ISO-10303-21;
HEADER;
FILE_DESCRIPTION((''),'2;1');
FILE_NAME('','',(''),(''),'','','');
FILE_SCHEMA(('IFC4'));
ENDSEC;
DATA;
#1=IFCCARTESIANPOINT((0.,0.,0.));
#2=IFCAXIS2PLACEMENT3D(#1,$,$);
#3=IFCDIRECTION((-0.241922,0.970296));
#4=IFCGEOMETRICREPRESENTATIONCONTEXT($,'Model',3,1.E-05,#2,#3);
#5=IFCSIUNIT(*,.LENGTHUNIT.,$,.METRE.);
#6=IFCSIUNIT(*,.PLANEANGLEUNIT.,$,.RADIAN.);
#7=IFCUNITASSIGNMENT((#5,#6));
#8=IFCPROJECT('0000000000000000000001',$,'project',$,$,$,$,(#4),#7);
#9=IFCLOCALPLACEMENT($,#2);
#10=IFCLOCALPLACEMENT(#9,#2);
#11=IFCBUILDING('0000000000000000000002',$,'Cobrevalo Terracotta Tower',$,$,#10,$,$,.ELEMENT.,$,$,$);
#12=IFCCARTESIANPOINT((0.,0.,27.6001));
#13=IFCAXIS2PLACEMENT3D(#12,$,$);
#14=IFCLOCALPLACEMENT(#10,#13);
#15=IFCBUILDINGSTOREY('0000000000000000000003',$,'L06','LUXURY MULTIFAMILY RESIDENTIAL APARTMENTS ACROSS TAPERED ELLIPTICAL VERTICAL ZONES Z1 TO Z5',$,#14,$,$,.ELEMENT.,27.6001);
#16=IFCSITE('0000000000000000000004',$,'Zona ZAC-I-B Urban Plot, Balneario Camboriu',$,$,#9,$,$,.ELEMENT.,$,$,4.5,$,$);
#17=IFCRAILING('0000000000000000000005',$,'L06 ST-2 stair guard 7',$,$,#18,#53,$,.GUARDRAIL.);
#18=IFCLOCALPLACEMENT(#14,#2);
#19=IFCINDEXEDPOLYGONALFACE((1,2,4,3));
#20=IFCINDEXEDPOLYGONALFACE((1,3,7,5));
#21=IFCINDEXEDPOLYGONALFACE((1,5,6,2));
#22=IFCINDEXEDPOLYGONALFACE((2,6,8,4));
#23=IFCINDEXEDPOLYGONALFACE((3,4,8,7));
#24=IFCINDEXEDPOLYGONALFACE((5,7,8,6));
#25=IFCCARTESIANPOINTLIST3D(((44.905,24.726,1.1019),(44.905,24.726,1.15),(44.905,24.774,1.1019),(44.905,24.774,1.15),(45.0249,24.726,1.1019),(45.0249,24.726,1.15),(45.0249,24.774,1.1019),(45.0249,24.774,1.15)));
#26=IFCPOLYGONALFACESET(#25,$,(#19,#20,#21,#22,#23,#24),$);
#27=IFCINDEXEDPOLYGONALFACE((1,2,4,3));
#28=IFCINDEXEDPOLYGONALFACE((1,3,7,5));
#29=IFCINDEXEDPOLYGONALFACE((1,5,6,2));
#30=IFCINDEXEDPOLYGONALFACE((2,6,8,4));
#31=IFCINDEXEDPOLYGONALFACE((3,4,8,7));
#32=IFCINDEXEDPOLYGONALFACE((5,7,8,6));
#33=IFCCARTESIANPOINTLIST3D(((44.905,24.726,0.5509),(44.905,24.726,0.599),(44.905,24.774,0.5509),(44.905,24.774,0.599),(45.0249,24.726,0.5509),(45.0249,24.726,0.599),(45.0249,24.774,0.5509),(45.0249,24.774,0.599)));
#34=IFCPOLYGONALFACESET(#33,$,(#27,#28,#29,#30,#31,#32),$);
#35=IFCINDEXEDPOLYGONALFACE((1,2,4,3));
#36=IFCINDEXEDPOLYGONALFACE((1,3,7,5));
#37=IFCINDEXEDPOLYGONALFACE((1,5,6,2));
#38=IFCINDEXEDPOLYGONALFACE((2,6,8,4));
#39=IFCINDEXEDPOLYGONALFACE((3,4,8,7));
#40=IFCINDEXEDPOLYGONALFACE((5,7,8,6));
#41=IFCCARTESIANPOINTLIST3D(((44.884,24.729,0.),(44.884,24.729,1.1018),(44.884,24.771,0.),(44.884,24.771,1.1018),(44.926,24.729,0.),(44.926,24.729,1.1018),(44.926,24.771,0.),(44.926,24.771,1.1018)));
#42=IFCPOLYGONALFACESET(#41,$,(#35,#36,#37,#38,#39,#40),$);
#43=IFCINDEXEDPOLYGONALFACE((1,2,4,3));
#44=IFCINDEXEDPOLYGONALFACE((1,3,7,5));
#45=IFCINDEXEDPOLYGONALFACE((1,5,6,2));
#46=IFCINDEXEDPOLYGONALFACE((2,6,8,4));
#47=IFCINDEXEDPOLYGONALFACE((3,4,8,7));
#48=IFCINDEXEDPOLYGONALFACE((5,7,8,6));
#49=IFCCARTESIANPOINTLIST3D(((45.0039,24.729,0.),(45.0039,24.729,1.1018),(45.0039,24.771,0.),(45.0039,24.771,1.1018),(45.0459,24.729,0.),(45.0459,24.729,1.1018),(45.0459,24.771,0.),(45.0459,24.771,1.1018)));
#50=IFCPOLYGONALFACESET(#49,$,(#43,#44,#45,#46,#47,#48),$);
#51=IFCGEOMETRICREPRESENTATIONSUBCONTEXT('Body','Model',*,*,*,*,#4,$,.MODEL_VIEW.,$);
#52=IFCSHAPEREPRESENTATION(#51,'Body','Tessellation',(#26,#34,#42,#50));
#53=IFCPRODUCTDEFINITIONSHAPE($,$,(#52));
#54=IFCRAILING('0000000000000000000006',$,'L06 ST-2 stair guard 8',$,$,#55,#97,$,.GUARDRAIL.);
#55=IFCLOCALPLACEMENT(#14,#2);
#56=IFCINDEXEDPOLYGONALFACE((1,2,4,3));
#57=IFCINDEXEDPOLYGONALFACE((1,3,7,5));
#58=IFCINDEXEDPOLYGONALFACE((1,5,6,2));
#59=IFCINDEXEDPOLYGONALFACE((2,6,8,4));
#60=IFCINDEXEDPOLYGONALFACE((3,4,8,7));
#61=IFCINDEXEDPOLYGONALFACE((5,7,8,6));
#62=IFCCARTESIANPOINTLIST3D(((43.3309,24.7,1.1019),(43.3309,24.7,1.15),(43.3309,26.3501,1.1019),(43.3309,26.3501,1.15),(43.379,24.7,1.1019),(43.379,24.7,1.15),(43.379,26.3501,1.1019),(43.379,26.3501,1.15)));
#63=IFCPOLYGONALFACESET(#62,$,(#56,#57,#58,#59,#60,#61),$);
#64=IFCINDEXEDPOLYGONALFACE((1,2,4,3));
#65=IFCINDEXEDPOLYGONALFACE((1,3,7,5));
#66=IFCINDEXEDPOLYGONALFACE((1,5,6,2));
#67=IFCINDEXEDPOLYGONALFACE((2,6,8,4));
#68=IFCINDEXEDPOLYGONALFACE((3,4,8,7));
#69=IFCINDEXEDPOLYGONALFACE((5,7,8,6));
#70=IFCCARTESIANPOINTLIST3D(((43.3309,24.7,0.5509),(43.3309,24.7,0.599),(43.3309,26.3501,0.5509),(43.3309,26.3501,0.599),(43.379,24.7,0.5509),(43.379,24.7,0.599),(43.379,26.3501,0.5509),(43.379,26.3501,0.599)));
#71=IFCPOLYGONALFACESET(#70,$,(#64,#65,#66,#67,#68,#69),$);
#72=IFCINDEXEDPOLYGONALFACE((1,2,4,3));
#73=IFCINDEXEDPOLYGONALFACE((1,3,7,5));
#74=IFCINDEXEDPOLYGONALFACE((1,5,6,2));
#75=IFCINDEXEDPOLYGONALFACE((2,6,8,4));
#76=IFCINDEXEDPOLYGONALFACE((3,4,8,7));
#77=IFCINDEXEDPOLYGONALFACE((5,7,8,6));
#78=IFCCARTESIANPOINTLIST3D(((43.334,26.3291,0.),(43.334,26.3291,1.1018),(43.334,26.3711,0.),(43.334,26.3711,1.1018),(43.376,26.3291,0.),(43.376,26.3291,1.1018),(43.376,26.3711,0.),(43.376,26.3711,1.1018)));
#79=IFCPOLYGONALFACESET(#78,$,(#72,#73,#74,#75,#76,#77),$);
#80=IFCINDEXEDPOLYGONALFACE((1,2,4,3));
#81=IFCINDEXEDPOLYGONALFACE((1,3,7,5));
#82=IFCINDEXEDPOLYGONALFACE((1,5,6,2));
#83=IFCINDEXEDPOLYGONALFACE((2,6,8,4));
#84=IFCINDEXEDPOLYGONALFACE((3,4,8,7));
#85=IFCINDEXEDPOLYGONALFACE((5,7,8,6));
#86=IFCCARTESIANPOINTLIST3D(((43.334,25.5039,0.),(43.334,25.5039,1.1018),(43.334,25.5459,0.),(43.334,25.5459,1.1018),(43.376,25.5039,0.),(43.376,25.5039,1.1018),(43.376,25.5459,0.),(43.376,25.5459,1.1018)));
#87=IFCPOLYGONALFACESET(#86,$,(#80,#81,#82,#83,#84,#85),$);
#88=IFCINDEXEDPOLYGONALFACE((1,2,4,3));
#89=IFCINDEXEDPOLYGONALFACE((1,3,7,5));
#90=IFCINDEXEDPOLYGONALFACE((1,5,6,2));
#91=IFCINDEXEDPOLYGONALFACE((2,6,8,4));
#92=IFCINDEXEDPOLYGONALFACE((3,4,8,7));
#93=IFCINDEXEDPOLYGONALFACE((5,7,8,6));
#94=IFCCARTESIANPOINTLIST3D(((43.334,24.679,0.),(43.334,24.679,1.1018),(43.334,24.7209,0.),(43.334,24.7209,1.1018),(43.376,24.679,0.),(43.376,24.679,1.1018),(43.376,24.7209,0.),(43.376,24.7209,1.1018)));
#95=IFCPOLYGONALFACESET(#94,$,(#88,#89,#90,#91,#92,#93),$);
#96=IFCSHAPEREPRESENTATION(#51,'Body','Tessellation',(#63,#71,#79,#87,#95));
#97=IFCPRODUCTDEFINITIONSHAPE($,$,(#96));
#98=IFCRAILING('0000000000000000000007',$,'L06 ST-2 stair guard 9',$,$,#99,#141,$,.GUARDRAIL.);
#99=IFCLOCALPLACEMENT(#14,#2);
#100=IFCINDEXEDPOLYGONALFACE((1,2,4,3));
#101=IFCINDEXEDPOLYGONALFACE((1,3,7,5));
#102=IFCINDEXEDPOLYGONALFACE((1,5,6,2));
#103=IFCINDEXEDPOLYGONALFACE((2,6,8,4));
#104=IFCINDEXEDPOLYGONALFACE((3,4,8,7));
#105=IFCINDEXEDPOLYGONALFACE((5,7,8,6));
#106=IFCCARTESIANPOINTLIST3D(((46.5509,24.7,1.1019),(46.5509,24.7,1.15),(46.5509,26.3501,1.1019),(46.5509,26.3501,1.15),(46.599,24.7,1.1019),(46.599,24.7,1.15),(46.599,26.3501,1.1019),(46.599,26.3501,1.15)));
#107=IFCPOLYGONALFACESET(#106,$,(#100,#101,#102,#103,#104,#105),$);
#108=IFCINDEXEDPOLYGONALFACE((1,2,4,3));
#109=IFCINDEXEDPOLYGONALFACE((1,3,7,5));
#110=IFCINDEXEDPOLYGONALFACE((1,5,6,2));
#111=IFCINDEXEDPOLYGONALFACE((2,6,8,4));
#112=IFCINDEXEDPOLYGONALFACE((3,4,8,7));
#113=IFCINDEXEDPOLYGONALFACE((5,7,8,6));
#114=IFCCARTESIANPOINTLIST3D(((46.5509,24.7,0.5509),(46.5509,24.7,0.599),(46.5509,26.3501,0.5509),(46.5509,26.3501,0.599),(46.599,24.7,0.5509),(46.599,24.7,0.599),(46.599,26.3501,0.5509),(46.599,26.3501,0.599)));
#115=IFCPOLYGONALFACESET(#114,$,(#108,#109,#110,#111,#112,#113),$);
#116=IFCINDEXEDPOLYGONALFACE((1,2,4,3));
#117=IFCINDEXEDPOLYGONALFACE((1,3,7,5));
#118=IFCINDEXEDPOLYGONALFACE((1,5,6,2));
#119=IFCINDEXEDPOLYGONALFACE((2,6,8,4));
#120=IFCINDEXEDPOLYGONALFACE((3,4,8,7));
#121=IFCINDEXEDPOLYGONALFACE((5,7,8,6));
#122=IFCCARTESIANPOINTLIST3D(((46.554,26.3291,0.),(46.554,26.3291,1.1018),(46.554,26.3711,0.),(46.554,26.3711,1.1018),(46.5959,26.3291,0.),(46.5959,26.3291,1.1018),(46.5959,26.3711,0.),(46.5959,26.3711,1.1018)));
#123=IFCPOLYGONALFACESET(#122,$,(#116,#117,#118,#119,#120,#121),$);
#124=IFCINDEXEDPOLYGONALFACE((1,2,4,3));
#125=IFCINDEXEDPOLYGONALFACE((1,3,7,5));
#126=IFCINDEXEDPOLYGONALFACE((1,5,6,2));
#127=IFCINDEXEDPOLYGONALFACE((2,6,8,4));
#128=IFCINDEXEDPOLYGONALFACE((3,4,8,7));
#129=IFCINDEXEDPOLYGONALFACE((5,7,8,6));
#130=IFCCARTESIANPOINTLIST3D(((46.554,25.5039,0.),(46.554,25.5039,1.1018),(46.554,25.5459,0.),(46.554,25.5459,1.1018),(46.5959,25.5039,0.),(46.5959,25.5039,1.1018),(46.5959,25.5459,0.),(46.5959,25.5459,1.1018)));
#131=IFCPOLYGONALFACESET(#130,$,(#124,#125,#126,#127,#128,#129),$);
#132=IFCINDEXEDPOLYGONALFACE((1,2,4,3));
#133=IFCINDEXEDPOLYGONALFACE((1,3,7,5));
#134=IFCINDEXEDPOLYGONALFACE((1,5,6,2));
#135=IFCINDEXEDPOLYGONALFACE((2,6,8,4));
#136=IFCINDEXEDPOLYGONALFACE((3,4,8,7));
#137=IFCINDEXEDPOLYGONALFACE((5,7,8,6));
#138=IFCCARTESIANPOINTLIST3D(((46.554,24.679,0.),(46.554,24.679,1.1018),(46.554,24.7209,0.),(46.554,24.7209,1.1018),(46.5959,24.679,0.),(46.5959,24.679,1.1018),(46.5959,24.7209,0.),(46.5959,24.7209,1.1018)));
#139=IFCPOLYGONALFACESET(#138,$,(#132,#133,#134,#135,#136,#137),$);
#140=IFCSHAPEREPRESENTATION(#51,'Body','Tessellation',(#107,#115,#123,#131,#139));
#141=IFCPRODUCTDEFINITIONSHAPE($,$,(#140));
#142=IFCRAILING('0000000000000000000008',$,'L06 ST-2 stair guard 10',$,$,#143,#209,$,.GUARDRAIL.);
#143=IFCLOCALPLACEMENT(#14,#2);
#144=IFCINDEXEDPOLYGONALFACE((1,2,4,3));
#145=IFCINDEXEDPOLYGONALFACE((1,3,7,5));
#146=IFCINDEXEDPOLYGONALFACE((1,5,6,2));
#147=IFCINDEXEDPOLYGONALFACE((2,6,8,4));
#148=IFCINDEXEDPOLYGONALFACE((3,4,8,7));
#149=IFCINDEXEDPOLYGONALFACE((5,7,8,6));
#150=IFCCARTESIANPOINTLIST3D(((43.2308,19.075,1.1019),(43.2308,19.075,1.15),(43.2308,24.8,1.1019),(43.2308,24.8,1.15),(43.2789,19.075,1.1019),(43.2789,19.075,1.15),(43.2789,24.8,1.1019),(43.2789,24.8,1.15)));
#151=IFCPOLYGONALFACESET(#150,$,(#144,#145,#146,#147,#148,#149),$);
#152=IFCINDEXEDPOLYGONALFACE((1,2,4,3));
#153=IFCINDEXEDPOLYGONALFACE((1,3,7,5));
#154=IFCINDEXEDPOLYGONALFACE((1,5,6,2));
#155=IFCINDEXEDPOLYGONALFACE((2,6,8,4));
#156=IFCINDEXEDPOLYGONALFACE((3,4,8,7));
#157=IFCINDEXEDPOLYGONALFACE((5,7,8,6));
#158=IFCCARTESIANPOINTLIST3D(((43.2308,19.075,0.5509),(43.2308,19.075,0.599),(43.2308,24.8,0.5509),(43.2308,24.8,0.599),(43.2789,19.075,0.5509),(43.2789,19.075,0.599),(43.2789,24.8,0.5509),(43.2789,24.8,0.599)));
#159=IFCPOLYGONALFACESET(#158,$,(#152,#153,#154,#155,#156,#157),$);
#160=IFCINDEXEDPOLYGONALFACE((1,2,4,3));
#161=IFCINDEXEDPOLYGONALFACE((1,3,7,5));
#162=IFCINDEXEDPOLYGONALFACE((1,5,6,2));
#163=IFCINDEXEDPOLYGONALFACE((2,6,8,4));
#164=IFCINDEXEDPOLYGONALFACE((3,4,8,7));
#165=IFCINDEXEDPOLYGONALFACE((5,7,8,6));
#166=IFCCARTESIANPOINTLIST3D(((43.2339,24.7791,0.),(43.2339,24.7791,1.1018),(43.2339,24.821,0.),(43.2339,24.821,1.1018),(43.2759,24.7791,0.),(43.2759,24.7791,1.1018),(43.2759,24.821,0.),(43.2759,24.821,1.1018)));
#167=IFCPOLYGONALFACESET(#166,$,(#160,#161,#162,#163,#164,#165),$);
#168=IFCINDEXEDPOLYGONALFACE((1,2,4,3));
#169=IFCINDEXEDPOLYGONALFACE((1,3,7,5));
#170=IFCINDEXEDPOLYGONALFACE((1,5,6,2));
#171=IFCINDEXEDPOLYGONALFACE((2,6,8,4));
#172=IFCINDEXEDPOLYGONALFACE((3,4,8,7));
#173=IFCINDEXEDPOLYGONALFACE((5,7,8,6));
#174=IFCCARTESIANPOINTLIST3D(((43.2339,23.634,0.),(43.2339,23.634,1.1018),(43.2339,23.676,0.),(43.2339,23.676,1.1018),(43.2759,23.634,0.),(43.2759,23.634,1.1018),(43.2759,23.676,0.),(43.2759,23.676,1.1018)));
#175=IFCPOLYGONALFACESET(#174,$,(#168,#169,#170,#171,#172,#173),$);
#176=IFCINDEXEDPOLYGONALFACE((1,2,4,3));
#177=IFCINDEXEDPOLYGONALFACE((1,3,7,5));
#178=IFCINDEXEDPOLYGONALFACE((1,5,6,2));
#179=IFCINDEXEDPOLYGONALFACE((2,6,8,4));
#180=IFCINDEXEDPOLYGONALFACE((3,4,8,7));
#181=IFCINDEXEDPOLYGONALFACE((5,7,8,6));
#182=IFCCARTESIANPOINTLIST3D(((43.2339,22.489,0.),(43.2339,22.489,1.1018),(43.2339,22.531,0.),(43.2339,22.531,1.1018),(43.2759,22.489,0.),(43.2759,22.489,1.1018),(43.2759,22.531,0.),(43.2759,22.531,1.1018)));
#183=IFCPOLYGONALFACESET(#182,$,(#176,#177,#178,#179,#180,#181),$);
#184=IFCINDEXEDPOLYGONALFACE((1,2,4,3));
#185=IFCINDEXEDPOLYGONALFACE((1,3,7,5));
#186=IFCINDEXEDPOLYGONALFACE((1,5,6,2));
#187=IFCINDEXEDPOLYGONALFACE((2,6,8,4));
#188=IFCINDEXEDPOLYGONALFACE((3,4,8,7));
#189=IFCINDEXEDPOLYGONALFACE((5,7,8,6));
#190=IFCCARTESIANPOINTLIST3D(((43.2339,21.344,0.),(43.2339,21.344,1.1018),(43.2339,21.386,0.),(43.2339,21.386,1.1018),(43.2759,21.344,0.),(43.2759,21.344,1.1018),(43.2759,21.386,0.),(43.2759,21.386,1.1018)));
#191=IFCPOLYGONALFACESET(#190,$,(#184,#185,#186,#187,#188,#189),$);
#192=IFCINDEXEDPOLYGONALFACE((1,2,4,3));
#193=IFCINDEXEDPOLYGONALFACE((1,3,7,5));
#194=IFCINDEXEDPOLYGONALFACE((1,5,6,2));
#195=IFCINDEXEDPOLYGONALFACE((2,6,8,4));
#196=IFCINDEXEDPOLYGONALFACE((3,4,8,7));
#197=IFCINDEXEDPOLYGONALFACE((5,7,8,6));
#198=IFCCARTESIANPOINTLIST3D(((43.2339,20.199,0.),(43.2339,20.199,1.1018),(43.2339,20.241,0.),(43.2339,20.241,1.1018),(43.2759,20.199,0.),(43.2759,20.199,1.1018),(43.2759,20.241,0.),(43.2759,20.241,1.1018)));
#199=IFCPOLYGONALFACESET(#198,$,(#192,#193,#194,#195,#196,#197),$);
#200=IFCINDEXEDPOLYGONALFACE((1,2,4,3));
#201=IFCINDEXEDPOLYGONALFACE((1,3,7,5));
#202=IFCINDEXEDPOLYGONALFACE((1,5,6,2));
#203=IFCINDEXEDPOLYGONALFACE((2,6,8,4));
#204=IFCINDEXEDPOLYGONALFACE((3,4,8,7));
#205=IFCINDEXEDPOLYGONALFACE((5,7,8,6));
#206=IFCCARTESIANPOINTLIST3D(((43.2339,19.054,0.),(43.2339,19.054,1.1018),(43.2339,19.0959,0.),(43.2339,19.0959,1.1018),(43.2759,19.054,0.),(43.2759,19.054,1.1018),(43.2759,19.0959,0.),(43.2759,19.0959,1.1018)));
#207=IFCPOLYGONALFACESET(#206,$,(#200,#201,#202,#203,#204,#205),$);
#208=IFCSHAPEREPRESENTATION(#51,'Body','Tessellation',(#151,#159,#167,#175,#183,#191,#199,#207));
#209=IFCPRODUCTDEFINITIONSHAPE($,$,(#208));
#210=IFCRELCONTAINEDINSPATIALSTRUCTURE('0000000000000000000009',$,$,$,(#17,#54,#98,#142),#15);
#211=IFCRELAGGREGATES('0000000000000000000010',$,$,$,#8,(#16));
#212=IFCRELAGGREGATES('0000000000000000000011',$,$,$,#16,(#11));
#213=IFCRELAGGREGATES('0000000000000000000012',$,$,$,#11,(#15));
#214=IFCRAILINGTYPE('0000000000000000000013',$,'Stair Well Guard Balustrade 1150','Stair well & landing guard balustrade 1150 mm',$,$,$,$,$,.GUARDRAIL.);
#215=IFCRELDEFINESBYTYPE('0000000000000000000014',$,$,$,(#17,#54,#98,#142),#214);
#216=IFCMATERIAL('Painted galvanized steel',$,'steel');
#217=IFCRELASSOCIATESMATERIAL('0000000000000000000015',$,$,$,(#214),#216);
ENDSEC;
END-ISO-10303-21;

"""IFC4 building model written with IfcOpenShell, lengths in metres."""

from ifc_helpers import new_model, si_unit, direction, frame, origin, origin_2d, place, context, subcontext, project, spatial, rectangle, extrude, material, type_object, element, save


model = new_model("IFC4")

# Units and contexts
model_context = context("Model", 3, precision=1e-05, world=origin(), true_north=direction((-0.241922, 0.970296)))
body_context = subcontext(model_context, "Body", "Model", "MODEL_VIEW")
ifc_project = project(units=[si_unit("LENGTHUNIT", "METRE"), si_unit("PLANEANGLEUNIT", "RADIAN")], contexts=[model_context])

# Site, building, storey
site_placement = place(None, origin())
site = spatial("IfcSite", under=ifc_project, at=site_placement, Name="Zona ZAC-I-B Urban Plot, Balneario Camboriu", CompositionType="ELEMENT", RefElevation=4.5)
building_placement = place(site_placement, origin())
building = spatial("IfcBuilding", under=site, at=building_placement, Name="Cobrevalo Terracotta Tower", CompositionType="ELEMENT")
storey_placement = place(building_placement, frame((0.0, 0.0, 27.6001)))
storey = spatial("IfcBuildingStorey", under=building, at=storey_placement, Name="L06", Description="LUXURY MULTIFAMILY RESIDENTIAL APARTMENTS ACROSS TAPERED ELLIPTICAL VERTICAL ZONES Z1 TO Z5", CompositionType="ELEMENT", Elevation=27.6001)

# Railings
ifc_material_1 = material(Name="Painted galvanized steel", Category="steel")
railing_type = type_object("IfcRailingType", Name="Stair Well Guard Balustrade 1150", Description="Stair well & landing guard balustrade 1150 mm", PredefinedType="GUARDRAIL", material=ifc_material_1)
railing_1_placement = place(storey_placement, frame((44.905, 24.75, 0.0)))
element("IfcRailing", 1, at=railing_1_placement, inside=storey, type_object=railing_type, Name="L06 ST-2 stair guard 7", PredefinedType="GUARDRAIL", context=body_context, shape_type="SweptSolid", body=[
    extrude(rectangle(XDim=0.0481, YDim=0.0481, at=origin_2d()), frame((0.0, 0.0, 1.126), z_axis=(1.0, 0.0, 0.0), x_axis=(0.0, 1.0, 0.0)), (0.0, 0.0, 1.0), 0.1199),
    extrude(rectangle(XDim=0.0481, YDim=0.0481, at=origin_2d()), frame((0.0, 0.0, 0.575), z_axis=(1.0, 0.0, 0.0), x_axis=(0.0, 1.0, 0.0)), (0.0, 0.0, 1.0), 0.1199),
    extrude(rectangle(XDim=0.042, YDim=0.042, at=origin_2d()), origin(), (0.0, 0.0, 1.0), 1.1018),
    extrude(rectangle(XDim=0.042, YDim=0.042, at=origin_2d()), frame((0.1199, 0.0, 0.0)), (0.0, 0.0, 1.0), 1.1018),
])
for number, where, name in (
    (2, (43.355, 26.3501, 0.0), "L06 ST-2 stair guard 8"),
    (3, (46.575, 26.3501, 0.0), "L06 ST-2 stair guard 9"),
):
    element("IfcRailing", number, at=place(storey_placement, frame(where)), inside=storey, type_object=railing_type, Name=name, PredefinedType="GUARDRAIL", context=body_context, shape_type="SweptSolid", body=[
        extrude(rectangle(XDim=0.0481, YDim=0.0481, at=origin_2d()), frame((0.0, 0.0, 1.126), z_axis=(0.0, -1.0, 0.0), x_axis=(1.0, 0.0, 0.0)), (0.0, 0.0, 1.0), 1.6501),
        extrude(rectangle(XDim=0.0481, YDim=0.0481, at=origin_2d()), frame((0.0, 0.0, 0.575), z_axis=(0.0, -1.0, 0.0), x_axis=(1.0, 0.0, 0.0)), (0.0, 0.0, 1.0), 1.6501),
        extrude(rectangle(XDim=0.042, YDim=0.042, at=origin_2d()), origin(), (0.0, 0.0, 1.0), 1.1018),
        extrude(rectangle(XDim=0.042, YDim=0.042, at=origin_2d()), frame((0.0, -0.8252, 0.0)), (0.0, 0.0, 1.0), 1.1018),
        extrude(rectangle(XDim=0.042, YDim=0.042, at=origin_2d()), frame((0.0, -1.6501, 0.0)), (0.0, 0.0, 1.0), 1.1018),
    ])
for number, where, name in (
    (4, (43.2549, 24.8, 0.0), "L06 ST-2 stair guard 10"),
):
    element("IfcRailing", number, at=place(storey_placement, frame(where)), inside=storey, type_object=railing_type, Name=name, PredefinedType="GUARDRAIL", context=body_context, shape_type="SweptSolid", body=[
        extrude(rectangle(XDim=0.0481, YDim=0.0481, at=origin_2d()), frame((0.0, 0.0, 1.126), z_axis=(0.0, -1.0, 0.0), x_axis=(1.0, 0.0, 0.0)), (0.0, 0.0, 1.0), 5.7251),
        extrude(rectangle(XDim=0.0481, YDim=0.0481, at=origin_2d()), frame((0.0, 0.0, 0.575), z_axis=(0.0, -1.0, 0.0), x_axis=(1.0, 0.0, 0.0)), (0.0, 0.0, 1.0), 5.7251),
        extrude(rectangle(XDim=0.042, YDim=0.042, at=origin_2d()), origin(), (0.0, 0.0, 1.0), 1.1018),
        extrude(rectangle(XDim=0.042, YDim=0.042, at=origin_2d()), frame((0.0, -1.145, 0.0)), (0.0, 0.0, 1.0), 1.1018),
        extrude(rectangle(XDim=0.042, YDim=0.042, at=origin_2d()), frame((0.0, -2.29, 0.0)), (0.0, 0.0, 1.0), 1.1018),
        extrude(rectangle(XDim=0.042, YDim=0.042, at=origin_2d()), frame((0.0, -3.4351, 0.0)), (0.0, 0.0, 1.0), 1.1018),
        extrude(rectangle(XDim=0.042, YDim=0.042, at=origin_2d()), frame((0.0, -4.5801, 0.0)), (0.0, 0.0, 1.0), 1.1018),
        extrude(rectangle(XDim=0.042, YDim=0.042, at=origin_2d()), frame((0.0, -5.7251, 0.0)), (0.0, 0.0, 1.0), 1.1018),
    ])

save(model, "model.ifc")
